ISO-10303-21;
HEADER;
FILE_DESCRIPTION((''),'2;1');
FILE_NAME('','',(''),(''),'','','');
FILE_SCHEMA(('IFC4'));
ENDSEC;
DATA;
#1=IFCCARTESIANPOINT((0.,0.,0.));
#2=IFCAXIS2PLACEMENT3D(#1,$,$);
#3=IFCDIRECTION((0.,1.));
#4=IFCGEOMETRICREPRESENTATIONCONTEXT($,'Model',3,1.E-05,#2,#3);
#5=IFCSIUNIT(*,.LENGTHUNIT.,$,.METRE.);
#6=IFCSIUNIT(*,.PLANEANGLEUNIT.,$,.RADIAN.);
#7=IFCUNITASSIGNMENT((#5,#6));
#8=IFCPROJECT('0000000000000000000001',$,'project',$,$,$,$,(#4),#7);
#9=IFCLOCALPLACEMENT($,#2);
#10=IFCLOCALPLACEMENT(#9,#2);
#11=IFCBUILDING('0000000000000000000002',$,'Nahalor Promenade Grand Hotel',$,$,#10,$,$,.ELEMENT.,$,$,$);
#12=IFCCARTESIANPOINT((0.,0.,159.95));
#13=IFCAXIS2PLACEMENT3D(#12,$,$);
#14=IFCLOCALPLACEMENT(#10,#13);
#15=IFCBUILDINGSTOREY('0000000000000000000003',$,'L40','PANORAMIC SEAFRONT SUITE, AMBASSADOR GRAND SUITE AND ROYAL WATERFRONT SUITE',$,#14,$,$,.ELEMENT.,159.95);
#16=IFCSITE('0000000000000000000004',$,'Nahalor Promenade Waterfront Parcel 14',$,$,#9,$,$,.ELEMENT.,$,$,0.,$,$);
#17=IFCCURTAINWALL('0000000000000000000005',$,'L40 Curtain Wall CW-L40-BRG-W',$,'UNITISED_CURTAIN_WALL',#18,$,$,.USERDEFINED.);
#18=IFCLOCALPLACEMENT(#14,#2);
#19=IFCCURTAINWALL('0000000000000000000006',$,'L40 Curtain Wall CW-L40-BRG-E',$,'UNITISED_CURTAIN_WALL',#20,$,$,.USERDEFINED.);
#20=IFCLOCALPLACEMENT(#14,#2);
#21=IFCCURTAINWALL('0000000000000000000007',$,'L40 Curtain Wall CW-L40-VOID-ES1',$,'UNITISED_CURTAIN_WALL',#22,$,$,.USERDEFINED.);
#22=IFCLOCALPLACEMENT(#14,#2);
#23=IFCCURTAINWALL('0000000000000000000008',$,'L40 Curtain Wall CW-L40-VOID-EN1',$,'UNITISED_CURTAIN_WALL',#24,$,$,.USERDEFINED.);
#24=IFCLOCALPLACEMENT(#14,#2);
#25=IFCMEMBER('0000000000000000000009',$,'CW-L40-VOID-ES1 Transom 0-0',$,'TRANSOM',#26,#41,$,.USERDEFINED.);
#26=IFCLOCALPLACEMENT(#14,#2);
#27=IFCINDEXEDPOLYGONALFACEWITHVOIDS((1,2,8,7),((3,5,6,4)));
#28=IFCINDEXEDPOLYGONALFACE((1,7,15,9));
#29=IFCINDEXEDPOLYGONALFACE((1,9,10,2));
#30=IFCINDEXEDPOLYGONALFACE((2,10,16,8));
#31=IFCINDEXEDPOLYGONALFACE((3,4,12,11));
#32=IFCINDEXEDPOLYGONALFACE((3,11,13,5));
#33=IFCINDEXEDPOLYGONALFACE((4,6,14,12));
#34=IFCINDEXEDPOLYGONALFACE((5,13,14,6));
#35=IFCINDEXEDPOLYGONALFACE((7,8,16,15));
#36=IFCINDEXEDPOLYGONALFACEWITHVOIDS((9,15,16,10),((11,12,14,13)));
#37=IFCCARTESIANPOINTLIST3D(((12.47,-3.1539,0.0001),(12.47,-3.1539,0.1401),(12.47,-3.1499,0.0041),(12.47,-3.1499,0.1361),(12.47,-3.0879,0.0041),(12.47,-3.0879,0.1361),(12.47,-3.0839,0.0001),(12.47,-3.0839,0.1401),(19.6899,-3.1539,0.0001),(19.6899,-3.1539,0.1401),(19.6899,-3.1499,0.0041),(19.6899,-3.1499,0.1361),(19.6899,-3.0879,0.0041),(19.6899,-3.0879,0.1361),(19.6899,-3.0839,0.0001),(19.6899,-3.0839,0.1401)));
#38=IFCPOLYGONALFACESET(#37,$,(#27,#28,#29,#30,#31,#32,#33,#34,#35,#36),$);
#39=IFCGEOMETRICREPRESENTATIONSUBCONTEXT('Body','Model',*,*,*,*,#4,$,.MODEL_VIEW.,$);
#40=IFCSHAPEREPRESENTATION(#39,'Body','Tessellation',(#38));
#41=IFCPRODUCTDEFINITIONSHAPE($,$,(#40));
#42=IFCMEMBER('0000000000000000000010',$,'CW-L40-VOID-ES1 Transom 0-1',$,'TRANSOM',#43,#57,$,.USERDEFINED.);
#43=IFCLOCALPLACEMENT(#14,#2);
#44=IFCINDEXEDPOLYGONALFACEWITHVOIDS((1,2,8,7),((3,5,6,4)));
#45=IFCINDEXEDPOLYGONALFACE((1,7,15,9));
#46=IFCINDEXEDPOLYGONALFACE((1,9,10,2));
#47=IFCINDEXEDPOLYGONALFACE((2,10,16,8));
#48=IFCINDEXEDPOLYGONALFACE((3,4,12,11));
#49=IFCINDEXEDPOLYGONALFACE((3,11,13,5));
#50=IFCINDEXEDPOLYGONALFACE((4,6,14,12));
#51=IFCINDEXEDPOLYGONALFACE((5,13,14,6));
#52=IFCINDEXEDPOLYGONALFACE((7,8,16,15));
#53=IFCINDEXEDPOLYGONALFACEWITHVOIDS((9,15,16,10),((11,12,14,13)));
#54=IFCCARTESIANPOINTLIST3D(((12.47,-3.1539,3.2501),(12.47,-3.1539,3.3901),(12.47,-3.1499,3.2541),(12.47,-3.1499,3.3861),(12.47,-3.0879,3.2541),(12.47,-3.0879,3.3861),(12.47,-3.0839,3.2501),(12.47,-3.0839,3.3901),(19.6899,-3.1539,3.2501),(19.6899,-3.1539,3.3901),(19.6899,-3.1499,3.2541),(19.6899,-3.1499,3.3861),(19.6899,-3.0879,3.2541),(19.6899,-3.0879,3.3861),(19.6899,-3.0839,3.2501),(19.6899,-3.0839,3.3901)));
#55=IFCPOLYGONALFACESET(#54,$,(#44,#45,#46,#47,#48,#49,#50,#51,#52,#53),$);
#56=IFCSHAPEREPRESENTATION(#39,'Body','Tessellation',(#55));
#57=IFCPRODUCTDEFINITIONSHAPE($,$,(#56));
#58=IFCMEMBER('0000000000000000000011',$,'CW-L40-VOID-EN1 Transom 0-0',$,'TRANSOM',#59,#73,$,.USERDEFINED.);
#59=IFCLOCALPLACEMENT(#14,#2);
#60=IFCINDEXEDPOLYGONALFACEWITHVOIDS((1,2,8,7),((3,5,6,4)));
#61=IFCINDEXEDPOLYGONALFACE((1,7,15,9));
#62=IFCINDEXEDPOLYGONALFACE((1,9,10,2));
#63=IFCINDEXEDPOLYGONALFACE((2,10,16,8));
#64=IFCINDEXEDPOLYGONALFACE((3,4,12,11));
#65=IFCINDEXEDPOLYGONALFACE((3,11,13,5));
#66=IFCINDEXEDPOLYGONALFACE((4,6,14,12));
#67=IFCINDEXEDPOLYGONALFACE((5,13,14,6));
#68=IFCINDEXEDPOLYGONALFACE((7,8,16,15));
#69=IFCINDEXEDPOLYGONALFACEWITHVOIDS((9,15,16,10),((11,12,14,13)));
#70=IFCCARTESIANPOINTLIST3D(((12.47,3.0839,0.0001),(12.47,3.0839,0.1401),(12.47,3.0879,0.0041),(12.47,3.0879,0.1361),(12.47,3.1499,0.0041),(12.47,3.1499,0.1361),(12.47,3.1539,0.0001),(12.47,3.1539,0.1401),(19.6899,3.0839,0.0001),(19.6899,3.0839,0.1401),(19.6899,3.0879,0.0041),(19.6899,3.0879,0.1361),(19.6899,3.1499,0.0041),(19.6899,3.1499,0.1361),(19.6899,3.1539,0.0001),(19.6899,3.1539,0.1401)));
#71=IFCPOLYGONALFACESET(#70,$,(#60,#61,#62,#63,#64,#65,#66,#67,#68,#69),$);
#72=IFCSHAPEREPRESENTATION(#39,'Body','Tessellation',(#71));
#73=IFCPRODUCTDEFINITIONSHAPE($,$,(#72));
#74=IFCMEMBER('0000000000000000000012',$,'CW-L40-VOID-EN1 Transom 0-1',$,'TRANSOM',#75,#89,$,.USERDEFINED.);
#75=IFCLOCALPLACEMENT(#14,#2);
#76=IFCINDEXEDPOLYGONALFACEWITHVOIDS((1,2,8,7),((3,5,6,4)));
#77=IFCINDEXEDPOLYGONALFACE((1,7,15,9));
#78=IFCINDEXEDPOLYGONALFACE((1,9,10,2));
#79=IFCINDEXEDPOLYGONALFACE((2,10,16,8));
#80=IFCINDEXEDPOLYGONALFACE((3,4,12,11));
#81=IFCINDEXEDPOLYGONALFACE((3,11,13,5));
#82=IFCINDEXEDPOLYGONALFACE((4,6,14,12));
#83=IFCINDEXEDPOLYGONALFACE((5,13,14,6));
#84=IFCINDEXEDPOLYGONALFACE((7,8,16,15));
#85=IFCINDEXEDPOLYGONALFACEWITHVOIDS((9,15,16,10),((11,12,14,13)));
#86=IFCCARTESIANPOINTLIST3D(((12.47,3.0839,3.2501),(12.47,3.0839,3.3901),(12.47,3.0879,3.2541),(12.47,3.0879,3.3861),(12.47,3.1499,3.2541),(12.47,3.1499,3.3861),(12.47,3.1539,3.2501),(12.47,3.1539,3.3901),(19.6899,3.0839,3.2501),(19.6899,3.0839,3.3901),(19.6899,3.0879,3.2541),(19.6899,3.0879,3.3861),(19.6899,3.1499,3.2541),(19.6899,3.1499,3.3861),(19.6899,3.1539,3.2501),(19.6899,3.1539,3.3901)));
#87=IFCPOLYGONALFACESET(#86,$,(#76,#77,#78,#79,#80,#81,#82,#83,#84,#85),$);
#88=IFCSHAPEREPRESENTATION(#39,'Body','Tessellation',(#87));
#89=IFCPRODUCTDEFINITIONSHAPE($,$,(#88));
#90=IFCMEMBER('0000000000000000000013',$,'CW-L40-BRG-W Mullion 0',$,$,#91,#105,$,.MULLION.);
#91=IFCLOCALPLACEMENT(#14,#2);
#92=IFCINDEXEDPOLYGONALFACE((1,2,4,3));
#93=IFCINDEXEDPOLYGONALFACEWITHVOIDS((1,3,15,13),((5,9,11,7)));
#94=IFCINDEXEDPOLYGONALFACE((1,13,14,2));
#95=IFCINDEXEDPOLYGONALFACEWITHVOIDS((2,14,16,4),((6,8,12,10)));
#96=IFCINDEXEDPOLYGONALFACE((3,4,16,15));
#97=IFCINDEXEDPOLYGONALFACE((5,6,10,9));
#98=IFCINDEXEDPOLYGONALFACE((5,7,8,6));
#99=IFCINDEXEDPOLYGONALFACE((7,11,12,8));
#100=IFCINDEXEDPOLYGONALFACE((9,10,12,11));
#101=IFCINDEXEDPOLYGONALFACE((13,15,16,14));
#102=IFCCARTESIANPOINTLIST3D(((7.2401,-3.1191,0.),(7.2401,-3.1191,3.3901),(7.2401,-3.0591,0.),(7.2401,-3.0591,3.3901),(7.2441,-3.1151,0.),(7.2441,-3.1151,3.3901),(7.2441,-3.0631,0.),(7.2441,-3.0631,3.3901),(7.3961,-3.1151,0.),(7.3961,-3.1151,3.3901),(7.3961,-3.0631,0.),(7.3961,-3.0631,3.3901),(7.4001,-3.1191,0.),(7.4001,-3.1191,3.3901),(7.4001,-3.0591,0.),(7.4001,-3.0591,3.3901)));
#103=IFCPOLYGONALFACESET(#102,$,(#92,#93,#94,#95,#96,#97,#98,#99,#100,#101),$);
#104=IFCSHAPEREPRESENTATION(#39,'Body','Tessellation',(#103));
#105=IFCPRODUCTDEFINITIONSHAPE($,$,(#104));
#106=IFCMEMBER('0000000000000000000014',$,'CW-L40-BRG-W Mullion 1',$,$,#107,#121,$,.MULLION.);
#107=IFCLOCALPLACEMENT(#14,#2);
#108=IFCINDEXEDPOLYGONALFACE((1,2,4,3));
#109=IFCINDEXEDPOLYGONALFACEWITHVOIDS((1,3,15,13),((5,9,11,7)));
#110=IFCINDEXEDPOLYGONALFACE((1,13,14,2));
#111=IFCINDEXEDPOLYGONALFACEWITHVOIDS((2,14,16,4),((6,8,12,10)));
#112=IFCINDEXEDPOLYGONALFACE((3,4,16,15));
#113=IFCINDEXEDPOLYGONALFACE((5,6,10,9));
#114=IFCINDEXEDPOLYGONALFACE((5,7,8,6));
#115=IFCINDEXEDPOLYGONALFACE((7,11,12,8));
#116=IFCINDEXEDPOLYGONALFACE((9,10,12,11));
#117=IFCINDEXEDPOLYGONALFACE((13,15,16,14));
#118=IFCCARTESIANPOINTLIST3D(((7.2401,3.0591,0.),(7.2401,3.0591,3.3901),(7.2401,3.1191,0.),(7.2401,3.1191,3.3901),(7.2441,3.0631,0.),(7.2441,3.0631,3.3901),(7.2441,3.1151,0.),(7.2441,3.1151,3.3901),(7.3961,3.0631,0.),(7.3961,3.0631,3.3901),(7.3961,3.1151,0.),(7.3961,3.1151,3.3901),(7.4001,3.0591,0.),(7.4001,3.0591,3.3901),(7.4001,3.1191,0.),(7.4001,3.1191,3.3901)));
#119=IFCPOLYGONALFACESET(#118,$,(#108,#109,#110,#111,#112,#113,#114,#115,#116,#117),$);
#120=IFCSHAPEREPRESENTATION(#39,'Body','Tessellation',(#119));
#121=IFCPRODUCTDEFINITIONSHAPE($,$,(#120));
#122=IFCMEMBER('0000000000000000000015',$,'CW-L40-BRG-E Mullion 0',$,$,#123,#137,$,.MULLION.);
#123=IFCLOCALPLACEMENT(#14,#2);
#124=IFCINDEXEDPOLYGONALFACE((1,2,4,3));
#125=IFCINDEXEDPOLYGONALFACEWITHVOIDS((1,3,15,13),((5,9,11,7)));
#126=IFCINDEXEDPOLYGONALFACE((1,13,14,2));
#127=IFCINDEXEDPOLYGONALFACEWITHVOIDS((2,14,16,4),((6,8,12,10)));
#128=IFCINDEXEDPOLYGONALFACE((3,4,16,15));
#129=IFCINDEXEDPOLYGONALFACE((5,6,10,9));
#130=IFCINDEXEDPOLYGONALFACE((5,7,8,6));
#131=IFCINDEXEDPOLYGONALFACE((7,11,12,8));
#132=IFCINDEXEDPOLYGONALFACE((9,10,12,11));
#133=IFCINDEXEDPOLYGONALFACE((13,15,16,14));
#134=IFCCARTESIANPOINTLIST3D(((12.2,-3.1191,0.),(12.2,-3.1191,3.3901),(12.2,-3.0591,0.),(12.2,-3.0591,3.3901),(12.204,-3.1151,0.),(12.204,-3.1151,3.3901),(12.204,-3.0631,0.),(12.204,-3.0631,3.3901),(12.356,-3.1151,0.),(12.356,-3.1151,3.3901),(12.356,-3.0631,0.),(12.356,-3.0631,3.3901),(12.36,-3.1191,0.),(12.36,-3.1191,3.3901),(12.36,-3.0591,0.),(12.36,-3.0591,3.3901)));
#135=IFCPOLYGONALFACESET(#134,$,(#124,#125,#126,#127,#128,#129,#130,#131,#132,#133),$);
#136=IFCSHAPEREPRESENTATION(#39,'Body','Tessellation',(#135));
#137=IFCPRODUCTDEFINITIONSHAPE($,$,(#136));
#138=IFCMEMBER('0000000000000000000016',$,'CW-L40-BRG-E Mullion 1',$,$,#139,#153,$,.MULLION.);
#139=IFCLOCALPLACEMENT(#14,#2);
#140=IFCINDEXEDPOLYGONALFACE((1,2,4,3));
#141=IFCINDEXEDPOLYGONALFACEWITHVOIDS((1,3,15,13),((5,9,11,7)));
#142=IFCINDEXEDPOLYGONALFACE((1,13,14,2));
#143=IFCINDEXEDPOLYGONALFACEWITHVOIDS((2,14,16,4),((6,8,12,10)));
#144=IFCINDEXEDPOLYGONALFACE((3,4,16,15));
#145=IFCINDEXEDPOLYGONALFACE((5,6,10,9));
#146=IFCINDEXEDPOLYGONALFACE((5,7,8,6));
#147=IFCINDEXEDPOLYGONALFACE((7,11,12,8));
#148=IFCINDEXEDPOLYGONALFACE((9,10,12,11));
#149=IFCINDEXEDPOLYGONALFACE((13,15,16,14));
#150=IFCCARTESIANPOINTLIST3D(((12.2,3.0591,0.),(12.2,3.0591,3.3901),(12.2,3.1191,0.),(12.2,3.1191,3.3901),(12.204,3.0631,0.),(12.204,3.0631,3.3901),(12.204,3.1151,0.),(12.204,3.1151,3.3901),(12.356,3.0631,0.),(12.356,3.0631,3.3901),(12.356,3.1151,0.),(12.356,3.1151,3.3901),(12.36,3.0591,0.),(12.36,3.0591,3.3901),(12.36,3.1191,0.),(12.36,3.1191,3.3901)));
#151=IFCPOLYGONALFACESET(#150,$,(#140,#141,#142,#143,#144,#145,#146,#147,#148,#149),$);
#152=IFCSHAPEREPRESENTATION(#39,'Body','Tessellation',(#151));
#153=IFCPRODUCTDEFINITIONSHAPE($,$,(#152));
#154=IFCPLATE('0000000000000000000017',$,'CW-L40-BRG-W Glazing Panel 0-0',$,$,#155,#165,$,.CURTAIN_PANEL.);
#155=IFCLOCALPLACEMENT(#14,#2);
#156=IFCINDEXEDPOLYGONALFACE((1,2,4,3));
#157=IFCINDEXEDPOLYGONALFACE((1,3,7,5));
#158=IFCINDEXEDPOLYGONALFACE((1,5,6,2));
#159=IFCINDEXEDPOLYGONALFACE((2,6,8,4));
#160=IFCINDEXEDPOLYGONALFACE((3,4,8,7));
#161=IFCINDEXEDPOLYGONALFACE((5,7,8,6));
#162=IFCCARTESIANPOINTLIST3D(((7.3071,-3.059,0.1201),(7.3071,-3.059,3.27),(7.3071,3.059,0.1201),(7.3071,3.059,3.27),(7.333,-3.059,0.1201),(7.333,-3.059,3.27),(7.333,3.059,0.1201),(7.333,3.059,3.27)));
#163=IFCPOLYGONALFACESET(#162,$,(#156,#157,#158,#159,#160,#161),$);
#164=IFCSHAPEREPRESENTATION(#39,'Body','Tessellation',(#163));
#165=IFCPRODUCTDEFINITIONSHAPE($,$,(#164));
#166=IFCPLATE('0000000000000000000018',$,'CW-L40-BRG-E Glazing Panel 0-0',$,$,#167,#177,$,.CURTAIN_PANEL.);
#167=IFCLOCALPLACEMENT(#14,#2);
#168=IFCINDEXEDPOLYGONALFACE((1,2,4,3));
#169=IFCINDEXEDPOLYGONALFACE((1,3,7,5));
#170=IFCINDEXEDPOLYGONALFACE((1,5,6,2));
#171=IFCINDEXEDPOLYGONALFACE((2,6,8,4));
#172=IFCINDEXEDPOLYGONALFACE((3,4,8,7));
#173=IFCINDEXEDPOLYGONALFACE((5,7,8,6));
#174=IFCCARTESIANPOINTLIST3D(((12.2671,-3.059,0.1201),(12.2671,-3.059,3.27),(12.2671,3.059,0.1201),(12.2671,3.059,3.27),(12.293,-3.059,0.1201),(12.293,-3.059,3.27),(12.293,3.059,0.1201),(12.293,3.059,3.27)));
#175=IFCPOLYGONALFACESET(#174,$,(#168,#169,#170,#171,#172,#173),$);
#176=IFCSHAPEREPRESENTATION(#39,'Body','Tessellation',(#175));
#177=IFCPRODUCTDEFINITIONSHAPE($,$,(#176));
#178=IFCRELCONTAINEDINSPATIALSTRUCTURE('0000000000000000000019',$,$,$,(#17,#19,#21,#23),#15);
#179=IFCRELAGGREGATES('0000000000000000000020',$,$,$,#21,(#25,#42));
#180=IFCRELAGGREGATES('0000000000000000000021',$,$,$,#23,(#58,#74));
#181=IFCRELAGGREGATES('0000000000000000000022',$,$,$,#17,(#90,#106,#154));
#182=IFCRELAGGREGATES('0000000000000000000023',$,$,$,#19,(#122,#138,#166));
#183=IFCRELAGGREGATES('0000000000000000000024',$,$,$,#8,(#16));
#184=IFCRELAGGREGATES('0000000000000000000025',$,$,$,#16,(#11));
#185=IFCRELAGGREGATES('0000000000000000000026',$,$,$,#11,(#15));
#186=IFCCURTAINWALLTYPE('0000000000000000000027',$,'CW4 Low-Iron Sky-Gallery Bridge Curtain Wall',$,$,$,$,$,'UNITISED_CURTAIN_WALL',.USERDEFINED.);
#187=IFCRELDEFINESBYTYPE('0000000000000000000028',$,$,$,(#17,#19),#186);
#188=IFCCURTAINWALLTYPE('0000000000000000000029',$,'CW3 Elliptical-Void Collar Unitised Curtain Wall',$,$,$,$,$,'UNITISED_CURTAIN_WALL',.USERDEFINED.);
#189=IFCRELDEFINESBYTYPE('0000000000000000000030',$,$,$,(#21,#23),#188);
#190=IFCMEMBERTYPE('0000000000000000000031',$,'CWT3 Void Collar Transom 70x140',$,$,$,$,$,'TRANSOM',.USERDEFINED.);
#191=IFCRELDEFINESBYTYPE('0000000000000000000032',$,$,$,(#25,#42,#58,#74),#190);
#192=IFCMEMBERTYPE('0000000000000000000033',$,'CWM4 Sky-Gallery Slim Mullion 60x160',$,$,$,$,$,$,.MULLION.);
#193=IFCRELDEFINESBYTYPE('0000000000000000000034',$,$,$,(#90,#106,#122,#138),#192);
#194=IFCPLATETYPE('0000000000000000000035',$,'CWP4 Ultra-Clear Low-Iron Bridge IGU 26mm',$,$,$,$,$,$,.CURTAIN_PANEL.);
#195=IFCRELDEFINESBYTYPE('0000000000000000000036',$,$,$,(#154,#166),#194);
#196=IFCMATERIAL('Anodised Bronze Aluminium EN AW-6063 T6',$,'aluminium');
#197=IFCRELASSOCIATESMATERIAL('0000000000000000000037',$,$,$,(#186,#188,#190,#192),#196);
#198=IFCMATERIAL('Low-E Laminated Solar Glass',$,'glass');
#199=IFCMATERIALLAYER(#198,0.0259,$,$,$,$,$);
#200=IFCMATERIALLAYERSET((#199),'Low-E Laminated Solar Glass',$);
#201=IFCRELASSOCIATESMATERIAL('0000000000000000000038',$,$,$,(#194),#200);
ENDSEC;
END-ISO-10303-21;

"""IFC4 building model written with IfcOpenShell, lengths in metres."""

from ifc_helpers import new_model, si_unit, direction, frame, origin, origin_2d, place, context, subcontext, project, spatial, rectangle, hollow_rectangle, extrude, source, transform, mapped, material, layer, layer_set, material_profile, profile_set, type_object, element, aggregate, save


model = new_model("IFC4")

# Units and contexts
model_context = context("Model", 3, precision=1e-05, world=origin(), true_north=direction((0.0, 1.0)))
body_context = subcontext(model_context, "Body", "Model", "MODEL_VIEW")
ifc_project = project(units=[si_unit("LENGTHUNIT", "METRE"), si_unit("PLANEANGLEUNIT", "RADIAN")], contexts=[model_context])

# Site, building, storey
site_placement = place(None, origin())
site = spatial("IfcSite", under=ifc_project, at=site_placement, Name="Nahalor Promenade Waterfront Parcel 14", CompositionType="ELEMENT", RefElevation=0.0)
building_placement = place(site_placement, origin())
building = spatial("IfcBuilding", under=site, at=building_placement, Name="Nahalor Promenade Grand Hotel", CompositionType="ELEMENT")
storey_placement = place(building_placement, frame((0.0, 0.0, 159.95)))
storey = spatial("IfcBuildingStorey", under=building, at=storey_placement, Name="L40", Description="PANORAMIC SEAFRONT SUITE, AMBASSADOR GRAND SUITE AND ROYAL WATERFRONT SUITE", CompositionType="ELEMENT", Elevation=159.95)

# Curtain walls
ifc_material_1 = material(Name="Anodised Bronze Aluminium EN AW-6063 T6", Category="aluminium")
curtain_wall_type_1 = type_object("IfcCurtainWallType", Name="CW4 Low-Iron Sky-Gallery Bridge Curtain Wall", ElementType="UNITISED_CURTAIN_WALL", PredefinedType="USERDEFINED", material=ifc_material_1)
curtain_wall_1_placement = place(storey_placement, origin())
curtain_wall_1 = element("IfcCurtainWall", 1, at=curtain_wall_1_placement, inside=storey, type_object=curtain_wall_type_1, Name="L40 Curtain Wall CW-L40-BRG-W", ObjectType="UNITISED_CURTAIN_WALL", PredefinedType="USERDEFINED")
curtain_wall_2_placement = place(storey_placement, origin())
curtain_wall_2 = element("IfcCurtainWall", 2, at=curtain_wall_2_placement, inside=storey, type_object=curtain_wall_type_1, Name="L40 Curtain Wall CW-L40-BRG-E", ObjectType="UNITISED_CURTAIN_WALL", PredefinedType="USERDEFINED")

# Curtain walls
curtain_wall_type_2 = type_object("IfcCurtainWallType", Name="CW3 Elliptical-Void Collar Unitised Curtain Wall", ElementType="UNITISED_CURTAIN_WALL", PredefinedType="USERDEFINED", material=ifc_material_1)
curtain_wall_3_placement = place(storey_placement, origin())
curtain_wall_3 = element("IfcCurtainWall", 3, at=curtain_wall_3_placement, inside=storey, type_object=curtain_wall_type_2, Name="L40 Curtain Wall CW-L40-VOID-ES1", ObjectType="UNITISED_CURTAIN_WALL", PredefinedType="USERDEFINED")
curtain_wall_4_placement = place(storey_placement, origin())
curtain_wall_4 = element("IfcCurtainWall", 4, at=curtain_wall_4_placement, inside=storey, type_object=curtain_wall_type_2, Name="L40 Curtain Wall CW-L40-VOID-EN1", ObjectType="UNITISED_CURTAIN_WALL", PredefinedType="USERDEFINED")

# Members
ifc_material_profile_1 = material_profile(ifc_material_1, hollow_rectangle(XDim=0.07, YDim=0.14, WallThickness=0.004, at=origin_2d()), Name="CWT 70x140x4")
ifc_profile_set_1 = profile_set([ifc_material_profile_1], Name="Anodised Bronze Aluminium EN AW-6063 T6")
member_type_1 = type_object("IfcMemberType", Name="CWT3 Void Collar Transom 70x140", ElementType="TRANSOM", PredefinedType="USERDEFINED", material=ifc_profile_set_1)
shared_shape_1 = source(origin(), body_context, "Body", "SweptSolid", [
    extrude(hollow_rectangle(XDim=0.07, YDim=0.14, WallThickness=0.004, at=origin_2d()), origin(), (0.0, 0.0, 1.0), 7.22),
])
member_1_placement = place(storey_placement, frame((12.47, -3.1189, 0.0701), z_axis=(1.0, 0.0, 0.0), x_axis=(0.0, 1.0, 0.0)))
member_1 = element("IfcMember", 5, at=member_1_placement, type_object=member_type_1, Name="CW-L40-VOID-ES1 Transom 0-0", ObjectType="TRANSOM", PredefinedType="USERDEFINED", context=body_context, shape_type="MappedRepresentation", body=[
    mapped(shared_shape_1, transform((0.0, 0.0, 0.0), scale=1.0)),
])
member_2_placement = place(storey_placement, frame((12.47, -3.1189, 3.3201), z_axis=(1.0, 0.0, 0.0), x_axis=(0.0, 1.0, 0.0)))
member_2 = element("IfcMember", 6, at=member_2_placement, type_object=member_type_1, Name="CW-L40-VOID-ES1 Transom 0-1", ObjectType="TRANSOM", PredefinedType="USERDEFINED", context=body_context, shape_type="MappedRepresentation", body=[
    mapped(shared_shape_1, transform((0.0, 0.0, 0.0), scale=1.0)),
])
aggregate(curtain_wall_3, [member_1, member_2])
member_3_placement = place(storey_placement, frame((12.47, 3.1189, 0.0701), z_axis=(1.0, 0.0, 0.0), x_axis=(0.0, 1.0, 0.0)))
member_3 = element("IfcMember", 7, at=member_3_placement, type_object=member_type_1, Name="CW-L40-VOID-EN1 Transom 0-0", ObjectType="TRANSOM", PredefinedType="USERDEFINED", context=body_context, shape_type="MappedRepresentation", body=[
    mapped(shared_shape_1, transform((0.0, 0.0, 0.0), scale=1.0)),
])
member_4_placement = place(storey_placement, frame((12.47, 3.1189, 3.3201), z_axis=(1.0, 0.0, 0.0), x_axis=(0.0, 1.0, 0.0)))
member_4 = element("IfcMember", 8, at=member_4_placement, type_object=member_type_1, Name="CW-L40-VOID-EN1 Transom 0-1", ObjectType="TRANSOM", PredefinedType="USERDEFINED", context=body_context, shape_type="MappedRepresentation", body=[
    mapped(shared_shape_1, transform((0.0, 0.0, 0.0), scale=1.0)),
])
aggregate(curtain_wall_4, [member_3, member_4])
ifc_material_profile_2 = material_profile(ifc_material_1, hollow_rectangle(XDim=0.06, YDim=0.16, WallThickness=0.004, at=origin_2d()), Name="CWM 60x160x4")
ifc_profile_set_2 = profile_set([ifc_material_profile_2], Name="Anodised Bronze Aluminium EN AW-6063 T6")
member_type_2 = type_object("IfcMemberType", Name="CWM4 Sky-Gallery Slim Mullion 60x160", PredefinedType="MULLION", material=ifc_profile_set_2)
shared_shape_2 = source(origin(), body_context, "Body", "SweptSolid", [
    extrude(hollow_rectangle(XDim=0.06, YDim=0.16, WallThickness=0.004, at=origin_2d()), origin(), (0.0, 0.0, 1.0), 3.3901),
])
member_5_placement = place(storey_placement, frame((7.3201, -3.0891, 0.0), z_axis=(0.0, 0.0, 1.0), x_axis=(0.0, 1.0, 0.0)))
member_5 = element("IfcMember", 9, at=member_5_placement, type_object=member_type_2, Name="CW-L40-BRG-W Mullion 0", PredefinedType="MULLION", context=body_context, shape_type="MappedRepresentation", body=[
    mapped(shared_shape_2, transform((0.0, 0.0, 0.0), scale=1.0)),
])
member_6_placement = place(storey_placement, frame((7.3201, 3.0891, 0.0), z_axis=(0.0, 0.0, 1.0), x_axis=(0.0, 1.0, 0.0)))
member_6 = element("IfcMember", 10, at=member_6_placement, type_object=member_type_2, Name="CW-L40-BRG-W Mullion 1", PredefinedType="MULLION", context=body_context, shape_type="MappedRepresentation", body=[
    mapped(shared_shape_2, transform((0.0, 0.0, 0.0), scale=1.0)),
])
member_7_placement = place(storey_placement, frame((12.28, -3.0891, 0.0), z_axis=(0.0, 0.0, 1.0), x_axis=(0.0, 1.0, 0.0)))
member_7 = element("IfcMember", 11, at=member_7_placement, type_object=member_type_2, Name="CW-L40-BRG-E Mullion 0", PredefinedType="MULLION", context=body_context, shape_type="MappedRepresentation", body=[
    mapped(shared_shape_2, transform((0.0, 0.0, 0.0), scale=1.0)),
])
member_8_placement = place(storey_placement, frame((12.28, 3.0891, 0.0), z_axis=(0.0, 0.0, 1.0), x_axis=(0.0, 1.0, 0.0)))
member_8 = element("IfcMember", 12, at=member_8_placement, type_object=member_type_2, Name="CW-L40-BRG-E Mullion 1", PredefinedType="MULLION", context=body_context, shape_type="MappedRepresentation", body=[
    mapped(shared_shape_2, transform((0.0, 0.0, 0.0), scale=1.0)),
])

# Plates
ifc_material_2 = material(Name="Low-E Laminated Solar Glass", Category="glass")
ifc_layer_1 = layer(ifc_material_2, 0.0259)
ifc_layer_set_1 = layer_set([ifc_layer_1], Name="Low-E Laminated Solar Glass")
plate_type = type_object("IfcPlateType", Name="CWP4 Ultra-Clear Low-Iron Bridge IGU 26mm", PredefinedType="CURTAIN_PANEL", material=ifc_layer_set_1)
shared_shape_3 = source(origin(), body_context, "Body", "SweptSolid", [
    extrude(rectangle(XDim=6.1179, YDim=0.0259, at=origin_2d()), origin(), (0.0, 0.0, 1.0), 3.1499),
])
plate_1_placement = place(storey_placement, frame((7.3201, 0.0, 0.1201), z_axis=(0.0, 0.0, 1.0), x_axis=(0.0, 1.0, 0.0)))
plate_1 = element("IfcPlate", 13, at=plate_1_placement, type_object=plate_type, Name="CW-L40-BRG-W Glazing Panel 0-0", PredefinedType="CURTAIN_PANEL", context=body_context, shape_type="MappedRepresentation", body=[
    mapped(shared_shape_3, transform((0.0, 0.0, 0.0), scale=1.0)),
])
aggregate(curtain_wall_1, [member_5, member_6, plate_1])
plate_2_placement = place(storey_placement, frame((12.28, 0.0, 0.1201), z_axis=(0.0, 0.0, 1.0), x_axis=(0.0, 1.0, 0.0)))
plate_2 = element("IfcPlate", 14, at=plate_2_placement, type_object=plate_type, Name="CW-L40-BRG-E Glazing Panel 0-0", PredefinedType="CURTAIN_PANEL", context=body_context, shape_type="MappedRepresentation", body=[
    mapped(shared_shape_3, transform((0.0, 0.0, 0.0), scale=1.0)),
])
aggregate(curtain_wall_2, [member_7, member_8, plate_2])

save(model, "model.ifc")
